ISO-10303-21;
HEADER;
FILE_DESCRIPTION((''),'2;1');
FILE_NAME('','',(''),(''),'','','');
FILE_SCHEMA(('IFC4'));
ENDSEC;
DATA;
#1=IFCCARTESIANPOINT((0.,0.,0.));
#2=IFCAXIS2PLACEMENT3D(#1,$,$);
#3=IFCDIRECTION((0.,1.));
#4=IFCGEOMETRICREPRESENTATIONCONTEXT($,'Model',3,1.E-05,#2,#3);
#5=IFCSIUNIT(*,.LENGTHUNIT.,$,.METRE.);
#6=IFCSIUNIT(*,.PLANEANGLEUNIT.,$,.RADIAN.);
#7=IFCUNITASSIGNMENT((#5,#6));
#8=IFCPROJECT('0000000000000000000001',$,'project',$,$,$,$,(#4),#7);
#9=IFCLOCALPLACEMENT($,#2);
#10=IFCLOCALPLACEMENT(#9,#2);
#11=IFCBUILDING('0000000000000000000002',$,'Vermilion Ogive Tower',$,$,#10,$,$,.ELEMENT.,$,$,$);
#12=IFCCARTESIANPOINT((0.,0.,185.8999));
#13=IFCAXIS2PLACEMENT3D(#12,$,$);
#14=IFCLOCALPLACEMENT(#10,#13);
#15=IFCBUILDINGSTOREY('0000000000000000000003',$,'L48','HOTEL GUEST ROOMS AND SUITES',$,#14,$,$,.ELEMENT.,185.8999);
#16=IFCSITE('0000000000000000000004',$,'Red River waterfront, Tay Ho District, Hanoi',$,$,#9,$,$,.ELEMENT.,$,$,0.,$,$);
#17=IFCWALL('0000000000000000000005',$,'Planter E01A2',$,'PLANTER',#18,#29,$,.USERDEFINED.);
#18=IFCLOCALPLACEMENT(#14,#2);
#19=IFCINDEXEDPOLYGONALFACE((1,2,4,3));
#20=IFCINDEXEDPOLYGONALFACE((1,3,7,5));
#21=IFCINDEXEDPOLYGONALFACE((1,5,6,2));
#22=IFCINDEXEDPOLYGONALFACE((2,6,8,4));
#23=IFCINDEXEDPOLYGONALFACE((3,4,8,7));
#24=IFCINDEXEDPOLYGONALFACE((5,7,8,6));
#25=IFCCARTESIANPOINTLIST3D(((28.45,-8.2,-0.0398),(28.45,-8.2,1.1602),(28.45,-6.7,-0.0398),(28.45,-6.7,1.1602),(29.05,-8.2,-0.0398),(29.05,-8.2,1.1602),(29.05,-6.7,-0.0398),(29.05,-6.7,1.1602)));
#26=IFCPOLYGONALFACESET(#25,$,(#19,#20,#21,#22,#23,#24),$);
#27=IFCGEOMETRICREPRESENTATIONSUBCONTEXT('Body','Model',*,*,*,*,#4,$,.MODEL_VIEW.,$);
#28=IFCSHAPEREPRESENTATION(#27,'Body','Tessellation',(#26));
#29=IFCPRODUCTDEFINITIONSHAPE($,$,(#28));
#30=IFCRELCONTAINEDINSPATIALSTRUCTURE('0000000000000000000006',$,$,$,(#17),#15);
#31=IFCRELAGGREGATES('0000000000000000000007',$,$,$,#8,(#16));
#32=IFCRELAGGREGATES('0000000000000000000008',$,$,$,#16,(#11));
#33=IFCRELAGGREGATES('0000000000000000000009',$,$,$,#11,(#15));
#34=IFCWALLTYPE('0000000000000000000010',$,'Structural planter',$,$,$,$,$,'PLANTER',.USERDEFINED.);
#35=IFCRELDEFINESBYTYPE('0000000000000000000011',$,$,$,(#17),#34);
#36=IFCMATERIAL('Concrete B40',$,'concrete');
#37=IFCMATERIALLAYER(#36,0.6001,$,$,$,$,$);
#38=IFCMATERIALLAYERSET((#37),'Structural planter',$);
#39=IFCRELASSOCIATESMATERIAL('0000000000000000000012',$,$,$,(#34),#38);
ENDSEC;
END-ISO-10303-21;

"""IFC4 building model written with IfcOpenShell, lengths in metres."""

from ifc_helpers import new_model, si_unit, direction, frame, frame_2d, origin, place, context, subcontext, project, spatial, rectangle, extrude, material, layer, layer_set, type_object, element, save


model = new_model("IFC4")

# Units and contexts
model_context = context("Model", 3, precision=1e-05, world=origin(), true_north=direction((0.0, 1.0)))
body_context = subcontext(model_context, "Body", "Model", "MODEL_VIEW")
ifc_project = project(units=[si_unit("LENGTHUNIT", "METRE"), si_unit("PLANEANGLEUNIT", "RADIAN")], contexts=[model_context])

# Site, building, storey
site_placement = place(None, origin())
site = spatial("IfcSite", under=ifc_project, at=site_placement, Name="Red River waterfront, Tay Ho District, Hanoi", CompositionType="ELEMENT", RefElevation=0.0)
building_placement = place(site_placement, origin())
building = spatial("IfcBuilding", under=site, at=building_placement, Name="Vermilion Ogive Tower", CompositionType="ELEMENT")
storey_placement = place(building_placement, frame((0.0, 0.0, 185.8999)))
storey = spatial("IfcBuildingStorey", under=building, at=storey_placement, Name="L48", Description="HOTEL GUEST ROOMS AND SUITES", CompositionType="ELEMENT", Elevation=185.8999)

# Wall
ifc_material_1 = material(Name="Concrete B40", Category="concrete")
ifc_layer_1 = layer(ifc_material_1, 0.6001)
ifc_layer_set_1 = layer_set([ifc_layer_1], Name="Structural planter")
wall_type_1 = type_object("IfcWallType", Name="Structural planter", ElementType="PLANTER", PredefinedType="USERDEFINED", material=ifc_layer_set_1)
wall_1_placement = place(storey_placement, frame((28.75, -8.2, -0.0398), z_axis=(0.0, 0.0, 1.0), x_axis=(0.0, 1.0, 0.0)))
element("IfcWall", 1, at=wall_1_placement, inside=storey, type_object=wall_type_1, Name="Planter E01A2", ObjectType="PLANTER", PredefinedType="USERDEFINED", context=body_context, shape_type="SweptSolid", body=[
    extrude(rectangle(XDim=1.5, YDim=0.6001, at=frame_2d((0.75, 0.0))), origin(), (0.0, 0.0, 1.0), 1.2),
])

save(model, "model.ifc")
